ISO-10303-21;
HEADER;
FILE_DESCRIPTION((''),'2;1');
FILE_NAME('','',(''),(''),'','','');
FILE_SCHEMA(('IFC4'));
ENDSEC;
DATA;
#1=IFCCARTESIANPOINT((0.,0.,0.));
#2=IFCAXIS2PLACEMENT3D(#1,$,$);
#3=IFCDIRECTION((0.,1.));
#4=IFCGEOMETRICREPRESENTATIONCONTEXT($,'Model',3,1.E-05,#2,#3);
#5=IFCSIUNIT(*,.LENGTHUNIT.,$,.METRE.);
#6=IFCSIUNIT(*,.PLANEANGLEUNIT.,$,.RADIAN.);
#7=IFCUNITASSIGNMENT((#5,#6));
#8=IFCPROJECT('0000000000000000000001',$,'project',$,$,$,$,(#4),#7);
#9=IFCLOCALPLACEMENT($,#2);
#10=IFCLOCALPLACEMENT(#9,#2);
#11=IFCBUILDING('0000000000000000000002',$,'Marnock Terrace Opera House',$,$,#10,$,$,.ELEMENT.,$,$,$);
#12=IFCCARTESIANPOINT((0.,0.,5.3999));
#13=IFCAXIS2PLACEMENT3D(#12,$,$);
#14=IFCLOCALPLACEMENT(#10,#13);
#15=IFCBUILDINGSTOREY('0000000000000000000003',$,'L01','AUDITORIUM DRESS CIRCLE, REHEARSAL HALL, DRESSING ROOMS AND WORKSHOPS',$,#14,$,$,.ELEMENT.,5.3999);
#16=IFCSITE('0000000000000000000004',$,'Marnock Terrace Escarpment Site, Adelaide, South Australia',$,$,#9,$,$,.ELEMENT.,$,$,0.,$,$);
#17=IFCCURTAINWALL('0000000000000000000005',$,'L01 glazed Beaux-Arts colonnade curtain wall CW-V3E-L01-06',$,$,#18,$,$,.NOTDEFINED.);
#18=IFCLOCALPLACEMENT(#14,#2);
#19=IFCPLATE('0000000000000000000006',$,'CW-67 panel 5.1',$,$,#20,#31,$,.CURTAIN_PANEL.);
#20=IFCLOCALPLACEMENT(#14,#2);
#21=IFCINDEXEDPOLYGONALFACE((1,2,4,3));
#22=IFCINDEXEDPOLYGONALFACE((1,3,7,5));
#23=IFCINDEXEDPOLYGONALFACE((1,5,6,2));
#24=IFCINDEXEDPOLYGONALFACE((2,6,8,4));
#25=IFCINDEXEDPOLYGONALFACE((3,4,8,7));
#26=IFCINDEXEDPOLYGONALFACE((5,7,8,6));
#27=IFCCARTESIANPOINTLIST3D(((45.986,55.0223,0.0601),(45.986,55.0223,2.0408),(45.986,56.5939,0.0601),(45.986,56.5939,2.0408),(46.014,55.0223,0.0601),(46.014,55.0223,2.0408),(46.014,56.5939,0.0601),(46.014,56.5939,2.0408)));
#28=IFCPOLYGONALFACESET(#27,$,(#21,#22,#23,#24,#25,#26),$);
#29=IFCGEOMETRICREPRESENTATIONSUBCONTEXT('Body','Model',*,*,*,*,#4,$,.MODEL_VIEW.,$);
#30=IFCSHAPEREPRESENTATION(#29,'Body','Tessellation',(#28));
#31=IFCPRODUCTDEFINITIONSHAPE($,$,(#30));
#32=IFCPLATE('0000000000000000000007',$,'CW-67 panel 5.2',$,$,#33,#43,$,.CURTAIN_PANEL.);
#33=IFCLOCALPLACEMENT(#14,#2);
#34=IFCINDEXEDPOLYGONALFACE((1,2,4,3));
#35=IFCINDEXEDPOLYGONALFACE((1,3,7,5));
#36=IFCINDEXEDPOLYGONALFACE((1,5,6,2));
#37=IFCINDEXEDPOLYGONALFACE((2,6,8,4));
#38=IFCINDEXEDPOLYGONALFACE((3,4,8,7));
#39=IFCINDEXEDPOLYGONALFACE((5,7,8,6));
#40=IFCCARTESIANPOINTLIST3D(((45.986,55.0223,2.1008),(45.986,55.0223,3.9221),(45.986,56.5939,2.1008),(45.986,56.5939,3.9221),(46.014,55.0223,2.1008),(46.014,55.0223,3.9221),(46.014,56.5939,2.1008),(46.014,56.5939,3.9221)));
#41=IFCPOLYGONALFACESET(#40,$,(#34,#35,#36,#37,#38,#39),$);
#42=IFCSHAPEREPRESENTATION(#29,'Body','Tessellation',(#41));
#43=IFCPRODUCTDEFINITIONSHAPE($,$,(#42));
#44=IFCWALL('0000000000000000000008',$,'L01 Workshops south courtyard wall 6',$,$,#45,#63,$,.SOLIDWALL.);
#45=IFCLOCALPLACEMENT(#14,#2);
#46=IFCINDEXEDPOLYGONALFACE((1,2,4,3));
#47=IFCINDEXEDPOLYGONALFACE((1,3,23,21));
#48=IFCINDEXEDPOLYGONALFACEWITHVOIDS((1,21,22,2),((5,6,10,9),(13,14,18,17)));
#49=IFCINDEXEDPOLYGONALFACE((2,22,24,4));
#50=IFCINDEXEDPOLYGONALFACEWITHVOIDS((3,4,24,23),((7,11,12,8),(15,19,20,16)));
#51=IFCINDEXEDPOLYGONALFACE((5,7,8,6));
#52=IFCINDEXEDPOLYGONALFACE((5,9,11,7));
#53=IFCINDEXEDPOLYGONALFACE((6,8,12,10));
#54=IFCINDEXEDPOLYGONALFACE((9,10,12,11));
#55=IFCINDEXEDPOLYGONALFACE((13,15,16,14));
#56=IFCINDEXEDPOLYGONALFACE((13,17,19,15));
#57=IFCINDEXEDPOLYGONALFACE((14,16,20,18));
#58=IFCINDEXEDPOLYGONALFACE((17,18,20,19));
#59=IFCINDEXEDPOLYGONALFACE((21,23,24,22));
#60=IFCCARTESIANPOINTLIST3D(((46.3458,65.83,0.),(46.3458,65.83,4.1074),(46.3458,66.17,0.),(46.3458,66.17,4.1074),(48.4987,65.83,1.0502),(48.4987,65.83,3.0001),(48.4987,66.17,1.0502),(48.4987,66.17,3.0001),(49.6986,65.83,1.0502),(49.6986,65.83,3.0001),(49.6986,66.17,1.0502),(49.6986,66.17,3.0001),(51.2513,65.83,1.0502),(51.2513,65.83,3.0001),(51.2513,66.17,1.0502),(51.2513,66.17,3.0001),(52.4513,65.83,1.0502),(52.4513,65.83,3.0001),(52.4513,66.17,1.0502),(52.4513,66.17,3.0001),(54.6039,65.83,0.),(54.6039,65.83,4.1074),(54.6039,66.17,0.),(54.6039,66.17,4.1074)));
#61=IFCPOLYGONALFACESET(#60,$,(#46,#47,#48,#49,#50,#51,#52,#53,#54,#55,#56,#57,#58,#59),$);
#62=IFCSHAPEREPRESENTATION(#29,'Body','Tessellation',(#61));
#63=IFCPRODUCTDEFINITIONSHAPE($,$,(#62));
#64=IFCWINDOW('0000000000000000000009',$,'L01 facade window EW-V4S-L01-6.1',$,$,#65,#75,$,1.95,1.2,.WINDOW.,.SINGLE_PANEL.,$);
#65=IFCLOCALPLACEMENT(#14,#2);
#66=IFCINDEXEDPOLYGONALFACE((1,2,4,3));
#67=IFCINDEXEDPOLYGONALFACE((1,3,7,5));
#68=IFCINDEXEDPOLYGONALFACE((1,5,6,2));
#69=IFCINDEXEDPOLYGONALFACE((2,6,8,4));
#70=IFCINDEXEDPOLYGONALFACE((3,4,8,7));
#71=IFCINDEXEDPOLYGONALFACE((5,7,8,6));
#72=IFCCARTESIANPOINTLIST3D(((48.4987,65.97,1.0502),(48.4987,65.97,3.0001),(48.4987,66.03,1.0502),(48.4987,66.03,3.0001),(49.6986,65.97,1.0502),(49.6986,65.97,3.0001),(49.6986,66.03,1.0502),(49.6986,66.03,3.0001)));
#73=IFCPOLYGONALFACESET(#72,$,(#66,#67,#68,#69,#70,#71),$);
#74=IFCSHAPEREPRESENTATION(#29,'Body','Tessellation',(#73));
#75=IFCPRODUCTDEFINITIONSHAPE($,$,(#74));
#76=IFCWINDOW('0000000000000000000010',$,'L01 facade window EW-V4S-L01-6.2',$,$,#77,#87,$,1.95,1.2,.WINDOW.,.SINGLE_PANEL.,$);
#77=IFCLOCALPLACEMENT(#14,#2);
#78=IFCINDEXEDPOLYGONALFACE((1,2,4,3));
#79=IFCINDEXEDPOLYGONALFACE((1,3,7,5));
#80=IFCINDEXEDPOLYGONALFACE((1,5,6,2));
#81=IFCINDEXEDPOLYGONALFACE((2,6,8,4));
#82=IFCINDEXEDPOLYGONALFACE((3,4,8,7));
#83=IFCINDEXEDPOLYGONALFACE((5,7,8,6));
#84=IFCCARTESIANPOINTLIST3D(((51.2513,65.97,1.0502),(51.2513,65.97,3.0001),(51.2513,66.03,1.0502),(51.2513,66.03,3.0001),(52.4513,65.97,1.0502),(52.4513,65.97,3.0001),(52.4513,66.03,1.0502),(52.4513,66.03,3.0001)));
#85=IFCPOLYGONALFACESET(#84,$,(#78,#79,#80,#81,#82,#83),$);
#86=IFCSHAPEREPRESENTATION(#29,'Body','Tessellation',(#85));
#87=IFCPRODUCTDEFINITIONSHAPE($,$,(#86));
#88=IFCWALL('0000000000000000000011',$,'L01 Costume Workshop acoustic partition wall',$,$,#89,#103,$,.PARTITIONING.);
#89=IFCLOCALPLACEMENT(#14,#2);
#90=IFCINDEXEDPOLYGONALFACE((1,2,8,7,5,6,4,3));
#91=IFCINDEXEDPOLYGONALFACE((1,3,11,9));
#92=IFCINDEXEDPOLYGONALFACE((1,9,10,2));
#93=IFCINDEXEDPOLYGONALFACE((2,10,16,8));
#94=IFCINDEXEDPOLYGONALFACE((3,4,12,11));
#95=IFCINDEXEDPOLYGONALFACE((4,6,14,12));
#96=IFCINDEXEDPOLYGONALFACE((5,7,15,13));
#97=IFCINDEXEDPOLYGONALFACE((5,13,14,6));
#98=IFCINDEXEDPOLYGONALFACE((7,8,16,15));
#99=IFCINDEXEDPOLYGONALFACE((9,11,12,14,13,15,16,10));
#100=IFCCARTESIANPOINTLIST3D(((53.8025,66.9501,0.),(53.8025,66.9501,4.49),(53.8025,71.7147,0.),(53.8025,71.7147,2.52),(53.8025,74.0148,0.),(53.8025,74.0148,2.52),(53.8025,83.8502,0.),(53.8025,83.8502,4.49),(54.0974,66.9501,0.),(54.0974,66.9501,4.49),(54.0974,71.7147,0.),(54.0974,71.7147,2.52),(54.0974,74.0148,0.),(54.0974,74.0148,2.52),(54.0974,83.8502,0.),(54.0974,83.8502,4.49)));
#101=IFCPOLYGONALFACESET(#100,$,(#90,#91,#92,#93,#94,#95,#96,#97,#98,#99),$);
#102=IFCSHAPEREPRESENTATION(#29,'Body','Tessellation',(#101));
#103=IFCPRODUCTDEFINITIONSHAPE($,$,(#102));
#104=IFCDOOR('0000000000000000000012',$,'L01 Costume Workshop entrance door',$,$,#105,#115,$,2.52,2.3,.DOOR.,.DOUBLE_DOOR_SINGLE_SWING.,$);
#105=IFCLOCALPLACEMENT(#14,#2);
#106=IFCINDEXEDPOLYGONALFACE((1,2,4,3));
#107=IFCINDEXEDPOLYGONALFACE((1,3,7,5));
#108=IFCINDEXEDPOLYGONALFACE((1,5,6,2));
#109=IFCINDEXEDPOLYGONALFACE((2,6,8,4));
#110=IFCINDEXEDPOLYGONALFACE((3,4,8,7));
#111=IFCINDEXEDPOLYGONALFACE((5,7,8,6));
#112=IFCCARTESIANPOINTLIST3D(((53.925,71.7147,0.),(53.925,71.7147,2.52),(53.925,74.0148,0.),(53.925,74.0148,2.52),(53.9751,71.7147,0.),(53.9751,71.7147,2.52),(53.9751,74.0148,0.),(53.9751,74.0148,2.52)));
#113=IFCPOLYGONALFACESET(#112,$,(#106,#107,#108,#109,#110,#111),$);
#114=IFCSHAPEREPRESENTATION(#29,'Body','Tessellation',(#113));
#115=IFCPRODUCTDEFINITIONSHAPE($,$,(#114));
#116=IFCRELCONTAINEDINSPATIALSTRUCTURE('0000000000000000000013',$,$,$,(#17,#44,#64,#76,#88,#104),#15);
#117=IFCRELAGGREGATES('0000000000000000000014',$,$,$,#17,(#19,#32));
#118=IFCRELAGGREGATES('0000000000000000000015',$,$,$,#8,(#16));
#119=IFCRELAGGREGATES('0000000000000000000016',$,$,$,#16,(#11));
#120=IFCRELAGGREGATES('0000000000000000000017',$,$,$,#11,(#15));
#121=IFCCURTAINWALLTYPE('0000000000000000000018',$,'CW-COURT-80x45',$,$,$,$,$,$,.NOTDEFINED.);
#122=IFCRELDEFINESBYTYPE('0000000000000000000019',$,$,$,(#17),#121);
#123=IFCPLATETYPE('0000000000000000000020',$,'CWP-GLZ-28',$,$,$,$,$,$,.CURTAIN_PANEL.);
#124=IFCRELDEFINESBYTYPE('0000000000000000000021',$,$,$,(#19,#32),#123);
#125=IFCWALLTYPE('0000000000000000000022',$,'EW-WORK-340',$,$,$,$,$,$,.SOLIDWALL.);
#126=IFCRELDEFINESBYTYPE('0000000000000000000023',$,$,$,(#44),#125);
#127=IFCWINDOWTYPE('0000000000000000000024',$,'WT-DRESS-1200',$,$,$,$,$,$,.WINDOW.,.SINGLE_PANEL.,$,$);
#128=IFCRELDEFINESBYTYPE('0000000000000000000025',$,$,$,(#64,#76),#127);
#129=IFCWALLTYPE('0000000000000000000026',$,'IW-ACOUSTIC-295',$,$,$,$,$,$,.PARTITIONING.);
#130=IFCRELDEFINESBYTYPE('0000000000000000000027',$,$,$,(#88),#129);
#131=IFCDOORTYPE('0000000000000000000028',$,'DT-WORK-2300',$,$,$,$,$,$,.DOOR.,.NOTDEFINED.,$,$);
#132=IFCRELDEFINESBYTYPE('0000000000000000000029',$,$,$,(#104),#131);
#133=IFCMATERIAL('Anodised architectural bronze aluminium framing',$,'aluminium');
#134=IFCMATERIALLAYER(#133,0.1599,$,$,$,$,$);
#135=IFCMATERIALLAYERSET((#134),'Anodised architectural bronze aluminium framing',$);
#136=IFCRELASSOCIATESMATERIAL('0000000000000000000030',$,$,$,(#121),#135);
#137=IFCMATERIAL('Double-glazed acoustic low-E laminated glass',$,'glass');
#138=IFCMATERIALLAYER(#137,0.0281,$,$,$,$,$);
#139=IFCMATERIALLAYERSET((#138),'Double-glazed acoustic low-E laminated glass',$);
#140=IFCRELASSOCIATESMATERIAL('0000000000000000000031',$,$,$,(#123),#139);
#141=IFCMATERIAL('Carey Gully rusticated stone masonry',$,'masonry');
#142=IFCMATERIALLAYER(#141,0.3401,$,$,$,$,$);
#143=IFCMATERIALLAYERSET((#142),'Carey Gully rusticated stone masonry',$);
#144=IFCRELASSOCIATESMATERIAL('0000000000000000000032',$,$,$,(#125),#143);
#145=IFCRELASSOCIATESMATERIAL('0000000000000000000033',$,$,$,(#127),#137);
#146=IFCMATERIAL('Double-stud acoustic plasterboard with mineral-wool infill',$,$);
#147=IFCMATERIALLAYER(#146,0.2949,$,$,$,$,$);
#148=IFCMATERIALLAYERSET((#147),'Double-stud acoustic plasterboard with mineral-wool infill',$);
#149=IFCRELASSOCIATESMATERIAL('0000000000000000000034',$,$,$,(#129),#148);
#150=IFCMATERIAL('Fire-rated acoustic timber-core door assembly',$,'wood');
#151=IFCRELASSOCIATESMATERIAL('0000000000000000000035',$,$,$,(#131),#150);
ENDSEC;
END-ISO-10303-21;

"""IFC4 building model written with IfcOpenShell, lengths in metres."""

from ifc_helpers import new_model, si_unit, direction, frame, frame_2d, origin, origin_2d, place, context, subcontext, project, spatial, rectangle, extrude, material, layer, layer_set, type_object, element, fill, aggregate, save


model = new_model("IFC4")

# Units and contexts
model_context = context("Model", 3, precision=1e-05, world=origin(), true_north=direction((0.0, 1.0)))
body_context = subcontext(model_context, "Body", "Model", "MODEL_VIEW")
ifc_project = project(units=[si_unit("LENGTHUNIT", "METRE"), si_unit("PLANEANGLEUNIT", "RADIAN")], contexts=[model_context])

# Site, building, storey
site_placement = place(None, origin())
site = spatial("IfcSite", under=ifc_project, at=site_placement, Name="Marnock Terrace Escarpment Site, Adelaide, South Australia", CompositionType="ELEMENT", RefElevation=0.0)
building_placement = place(site_placement, origin())
building = spatial("IfcBuilding", under=site, at=building_placement, Name="Marnock Terrace Opera House", CompositionType="ELEMENT")
storey_placement = place(building_placement, frame((0.0, 0.0, 5.3999)))
storey = spatial("IfcBuildingStorey", under=building, at=storey_placement, Name="L01", Description="AUDITORIUM DRESS CIRCLE, REHEARSAL HALL, DRESSING ROOMS AND WORKSHOPS", CompositionType="ELEMENT", Elevation=5.3999)

# Curtain wall, plates
ifc_material_1 = material(Name="Anodised architectural bronze aluminium framing", Category="aluminium")
ifc_layer_1 = layer(ifc_material_1, 0.1599)
ifc_layer_set_1 = layer_set([ifc_layer_1], Name="Anodised architectural bronze aluminium framing")
curtain_wall_type = type_object("IfcCurtainWallType", Name="CW-COURT-80x45", PredefinedType="NOTDEFINED", material=ifc_layer_set_1)
curtain_wall_placement = place(storey_placement, origin())
curtain_wall = element("IfcCurtainWall", 1, at=curtain_wall_placement, inside=storey, type_object=curtain_wall_type, Name="L01 glazed Beaux-Arts colonnade curtain wall CW-V3E-L01-06", PredefinedType="NOTDEFINED")
ifc_material_2 = material(Name="Double-glazed acoustic low-E laminated glass", Category="glass")
ifc_layer_2 = layer(ifc_material_2, 0.0281)
ifc_layer_set_2 = layer_set([ifc_layer_2], Name="Double-glazed acoustic low-E laminated glass")
plate_type = type_object("IfcPlateType", Name="CWP-GLZ-28", PredefinedType="CURTAIN_PANEL", material=ifc_layer_set_2)
plate_1_placement = place(storey_placement, frame((46.0, 55.8081, 0.0601), z_axis=(0.0, 0.0, 1.0), x_axis=(0.0, 1.0, 0.0)))
plate_1 = element("IfcPlate", 2, at=plate_1_placement, type_object=plate_type, Name="CW-67 panel 5.1", PredefinedType="CURTAIN_PANEL", context=body_context, shape_type="SweptSolid", body=[
    extrude(rectangle(XDim=1.5715, YDim=0.0281, at=origin_2d()), origin(), (0.0, 0.0, 1.0), 1.9807),
])
plate_2_placement = place(storey_placement, frame((46.0, 55.8081, 2.1008), z_axis=(0.0, 0.0, 1.0), x_axis=(0.0, 1.0, 0.0)))
plate_2 = element("IfcPlate", 3, at=plate_2_placement, type_object=plate_type, Name="CW-67 panel 5.2", PredefinedType="CURTAIN_PANEL", context=body_context, shape_type="SweptSolid", body=[
    extrude(rectangle(XDim=1.5715, YDim=0.0281, at=origin_2d()), origin(), (0.0, 0.0, 1.0), 1.8213),
])
aggregate(curtain_wall, [plate_1, plate_2])

# Wall, openings, windows
ifc_material_3 = material(Name="Carey Gully rusticated stone masonry", Category="masonry")
ifc_layer_3 = layer(ifc_material_3, 0.3401)
ifc_layer_set_3 = layer_set([ifc_layer_3], Name="Carey Gully rusticated stone masonry")
wall_type_1 = type_object("IfcWallType", Name="EW-WORK-340", PredefinedType="SOLIDWALL", material=ifc_layer_set_3)
wall_1_placement = place(storey_placement, frame((46.3459, 66.0, 0.0), z_axis=(0.0, 0.0, 1.0), x_axis=(1.0, 0.0, 0.0)))
wall_1 = element("IfcWall", 4, at=wall_1_placement, inside=storey, type_object=wall_type_1, Name="L01 Workshops south courtyard wall 6", PredefinedType="SOLIDWALL", context=body_context, shape_type="SweptSolid", body=[
    extrude(rectangle(XDim=8.2581, YDim=0.3401, at=frame_2d((4.1289, 0.0))), origin(), (0.0, 0.0, 1.0), 4.1074),
])
opening_1_placement = place(wall_1_placement, frame((2.1526, 0.0, 1.05)))
opening_1 = element("IfcOpeningElement", 5, at=opening_1_placement, cuts=wall_1, PredefinedType="OPENING", context=body_context, shape_type="SweptSolid", body=[
    extrude(rectangle(XDim=1.2, YDim=1.95, at=frame_2d((0.6001, 0.9751))), frame((0.0, 0.1799, 0.0), z_axis=(0.0, -1.0, 0.0), x_axis=(1.0, 0.0, 0.0)), (0.0, 0.0, 1.0), 0.3601),
])
opening_2_placement = place(wall_1_placement, frame((4.9053, 0.0, 1.05)))
opening_2 = element("IfcOpeningElement", 6, at=opening_2_placement, cuts=wall_1, PredefinedType="OPENING", context=body_context, shape_type="SweptSolid", body=[
    extrude(rectangle(XDim=1.2, YDim=1.95, at=frame_2d((0.6001, 0.9751))), frame((0.0, 0.1799, 0.0), z_axis=(0.0, -1.0, 0.0), x_axis=(1.0, 0.0, 0.0)), (0.0, 0.0, 1.0), 0.3601),
])
window_type = type_object("IfcWindowType", Name="WT-DRESS-1200", PartitioningType="SINGLE_PANEL", PredefinedType="WINDOW", material=ifc_material_2)
window_1_placement = place(opening_1_placement, origin())
window_1 = element("IfcWindow", 7, at=window_1_placement, inside=storey, type_object=window_type, Name="L01 facade window EW-V4S-L01-6.1", OverallHeight=1.95, OverallWidth=1.2, PartitioningType="SINGLE_PANEL", PredefinedType="WINDOW", context=body_context, shape_type="SweptSolid", body=[
    extrude(rectangle(XDim=1.2, YDim=1.95, at=frame_2d((0.6001, 0.9751))), frame((0.0, 0.03, 0.0), z_axis=(0.0, -1.0, 0.0), x_axis=(1.0, 0.0, 0.0)), (0.0, 0.0, 1.0), 0.0601),
])
fill(opening_1, window_1)
window_2_placement = place(opening_2_placement, origin())
window_2 = element("IfcWindow", 8, at=window_2_placement, inside=storey, type_object=window_type, Name="L01 facade window EW-V4S-L01-6.2", OverallHeight=1.95, OverallWidth=1.2, PartitioningType="SINGLE_PANEL", PredefinedType="WINDOW", context=body_context, shape_type="SweptSolid", body=[
    extrude(rectangle(XDim=1.2, YDim=1.95, at=frame_2d((0.6001, 0.9751))), frame((0.0, 0.03, 0.0), z_axis=(0.0, -1.0, 0.0), x_axis=(1.0, 0.0, 0.0)), (0.0, 0.0, 1.0), 0.0601),
])
fill(opening_2, window_2)

# Wall, opening, door
ifc_material_4 = material(Name="Double-stud acoustic plasterboard with mineral-wool infill")
ifc_layer_4 = layer(ifc_material_4, 0.2949)
ifc_layer_set_4 = layer_set([ifc_layer_4], Name="Double-stud acoustic plasterboard with mineral-wool infill")
wall_type_2 = type_object("IfcWallType", Name="IW-ACOUSTIC-295", PredefinedType="PARTITIONING", material=ifc_layer_set_4)
wall_2_placement = place(storey_placement, frame((53.95, 66.95, 0.0), z_axis=(0.0, 0.0, 1.0), x_axis=(0.0, 1.0, 0.0)))
wall_2 = element("IfcWall", 9, at=wall_2_placement, inside=storey, type_object=wall_type_2, Name="L01 Costume Workshop acoustic partition wall", PredefinedType="PARTITIONING", context=body_context, shape_type="SweptSolid", body=[
    extrude(rectangle(XDim=16.9001, YDim=0.2949, at=frame_2d((8.4502, 0.0))), origin(), (0.0, 0.0, 1.0), 4.49),
])
opening_3_placement = place(wall_2_placement, frame((4.7649, 0.0, 0.0)))
opening_3 = element("IfcOpeningElement", 10, at=opening_3_placement, cuts=wall_2, PredefinedType="OPENING", context=body_context, shape_type="SweptSolid", body=[
    extrude(rectangle(XDim=2.3, YDim=2.52, at=frame_2d((1.1499, 1.26))), frame((0.0, 0.1575, 0.0), z_axis=(0.0, -1.0, 0.0), x_axis=(1.0, 0.0, 0.0)), (0.0, 0.0, 1.0), 0.3149),
])
ifc_material_5 = material(Name="Fire-rated acoustic timber-core door assembly", Category="wood")
door_type = type_object("IfcDoorType", Name="DT-WORK-2300", OperationType="NOTDEFINED", PredefinedType="DOOR", material=ifc_material_5)
door_placement = place(opening_3_placement, origin())
door = element("IfcDoor", 11, at=door_placement, inside=storey, type_object=door_type, Name="L01 Costume Workshop entrance door", OperationType="DOUBLE_DOOR_SINGLE_SWING", OverallHeight=2.52, OverallWidth=2.3, PredefinedType="DOOR", context=body_context, shape_type="SweptSolid", body=[
    extrude(rectangle(XDim=2.3, YDim=2.52, at=frame_2d((1.1499, 1.26))), frame((0.0, 0.0249, 0.0), z_axis=(0.0, -1.0, 0.0), x_axis=(1.0, 0.0, 0.0)), (0.0, 0.0, 1.0), 0.05),
])
fill(opening_3, door)

save(model, "model.ifc")
